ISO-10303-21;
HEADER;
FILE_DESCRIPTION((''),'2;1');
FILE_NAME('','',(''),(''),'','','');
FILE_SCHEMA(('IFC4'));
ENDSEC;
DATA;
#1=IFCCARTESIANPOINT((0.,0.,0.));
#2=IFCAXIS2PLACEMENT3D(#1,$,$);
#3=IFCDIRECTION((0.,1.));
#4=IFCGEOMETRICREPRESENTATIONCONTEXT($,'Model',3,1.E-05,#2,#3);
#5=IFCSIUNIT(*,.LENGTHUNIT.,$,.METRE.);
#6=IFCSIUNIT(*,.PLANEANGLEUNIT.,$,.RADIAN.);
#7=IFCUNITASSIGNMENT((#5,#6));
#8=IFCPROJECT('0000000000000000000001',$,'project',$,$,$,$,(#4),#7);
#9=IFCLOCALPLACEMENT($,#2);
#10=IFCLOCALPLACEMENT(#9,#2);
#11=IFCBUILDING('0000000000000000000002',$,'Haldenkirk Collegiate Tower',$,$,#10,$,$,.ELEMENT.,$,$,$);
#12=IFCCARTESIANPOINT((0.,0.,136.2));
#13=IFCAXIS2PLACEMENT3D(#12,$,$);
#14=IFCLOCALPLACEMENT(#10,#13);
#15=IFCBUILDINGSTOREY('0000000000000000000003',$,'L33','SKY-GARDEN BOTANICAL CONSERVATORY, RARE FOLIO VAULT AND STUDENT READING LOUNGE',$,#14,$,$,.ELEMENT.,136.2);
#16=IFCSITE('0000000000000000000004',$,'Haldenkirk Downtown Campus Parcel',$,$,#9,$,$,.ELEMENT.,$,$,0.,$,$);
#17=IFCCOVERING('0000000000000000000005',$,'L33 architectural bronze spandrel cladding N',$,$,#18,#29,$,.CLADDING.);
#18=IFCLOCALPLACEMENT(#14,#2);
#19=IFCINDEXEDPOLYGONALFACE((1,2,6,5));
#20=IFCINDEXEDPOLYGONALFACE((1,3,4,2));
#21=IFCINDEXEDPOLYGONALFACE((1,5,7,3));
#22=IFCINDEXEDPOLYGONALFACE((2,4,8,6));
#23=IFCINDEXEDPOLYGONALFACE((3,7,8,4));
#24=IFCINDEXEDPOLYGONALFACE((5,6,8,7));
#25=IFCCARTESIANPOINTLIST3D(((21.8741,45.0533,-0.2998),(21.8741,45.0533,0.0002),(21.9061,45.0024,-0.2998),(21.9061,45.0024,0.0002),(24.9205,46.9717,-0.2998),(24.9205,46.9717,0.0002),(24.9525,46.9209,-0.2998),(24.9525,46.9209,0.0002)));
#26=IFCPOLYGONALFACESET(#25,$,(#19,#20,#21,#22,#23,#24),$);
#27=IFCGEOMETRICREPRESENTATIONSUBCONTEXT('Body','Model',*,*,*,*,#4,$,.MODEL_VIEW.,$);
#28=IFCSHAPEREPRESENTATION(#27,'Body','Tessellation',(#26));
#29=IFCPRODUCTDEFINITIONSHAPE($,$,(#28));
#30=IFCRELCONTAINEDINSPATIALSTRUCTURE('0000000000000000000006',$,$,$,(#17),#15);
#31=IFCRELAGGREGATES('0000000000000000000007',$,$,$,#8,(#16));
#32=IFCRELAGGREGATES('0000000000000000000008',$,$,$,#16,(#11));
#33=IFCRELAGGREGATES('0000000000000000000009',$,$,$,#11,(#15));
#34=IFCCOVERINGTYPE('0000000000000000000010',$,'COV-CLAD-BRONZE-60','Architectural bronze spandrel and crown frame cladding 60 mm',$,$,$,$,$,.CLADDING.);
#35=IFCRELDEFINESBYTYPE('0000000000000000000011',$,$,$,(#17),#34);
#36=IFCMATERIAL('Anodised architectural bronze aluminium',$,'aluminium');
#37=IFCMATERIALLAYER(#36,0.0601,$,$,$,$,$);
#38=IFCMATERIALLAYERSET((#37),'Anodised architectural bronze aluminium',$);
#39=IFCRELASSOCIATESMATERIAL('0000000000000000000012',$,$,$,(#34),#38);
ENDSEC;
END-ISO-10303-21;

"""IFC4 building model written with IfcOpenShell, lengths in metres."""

from ifc_helpers import new_model, si_unit, direction, frame, origin, origin_2d, place, context, subcontext, project, spatial, rectangle, extrude, source, transform, mapped, material, layer, layer_set, type_object, element, save


model = new_model("IFC4")

# Units and contexts
model_context = context("Model", 3, precision=1e-05, world=origin(), true_north=direction((0.0, 1.0)))
body_context = subcontext(model_context, "Body", "Model", "MODEL_VIEW")
ifc_project = project(units=[si_unit("LENGTHUNIT", "METRE"), si_unit("PLANEANGLEUNIT", "RADIAN")], contexts=[model_context])

# Site, building, storey
site_placement = place(None, origin())
site = spatial("IfcSite", under=ifc_project, at=site_placement, Name="Haldenkirk Downtown Campus Parcel", CompositionType="ELEMENT", RefElevation=0.0)
building_placement = place(site_placement, origin())
building = spatial("IfcBuilding", under=site, at=building_placement, Name="Haldenkirk Collegiate Tower", CompositionType="ELEMENT")
storey_placement = place(building_placement, frame((0.0, 0.0, 136.2)))
storey = spatial("IfcBuildingStorey", under=building, at=storey_placement, Name="L33", Description="SKY-GARDEN BOTANICAL CONSERVATORY, RARE FOLIO VAULT AND STUDENT READING LOUNGE", CompositionType="ELEMENT", Elevation=136.2)

# Shared definitions
ifc_material_1 = material(Name="Anodised architectural bronze aluminium", Category="aluminium")

# Covering
ifc_layer_1 = layer(ifc_material_1, 0.0601)
ifc_layer_set_1 = layer_set([ifc_layer_1], Name="Anodised architectural bronze aluminium")
covering_type = type_object("IfcCoveringType", Name="COV-CLAD-BRONZE-60", Description="Architectural bronze spandrel and crown frame cladding 60 mm", PredefinedType="CLADDING", material=ifc_layer_set_1)
shared_shape_1 = source(origin(), body_context, "Body", "SweptSolid", [
    extrude(rectangle(XDim=3.6001, YDim=0.0601, at=origin_2d()), origin(), (0.0, 0.0, 1.0), 0.3),
])
covering_placement = place(storey_placement, frame((23.4133, 45.9871, -0.2998), z_axis=(0.0, 0.0, 1.0), x_axis=(0.846193, 0.532876, 0.0)))
element("IfcCovering", 1, at=covering_placement, inside=storey, type_object=covering_type, Name="L33 architectural bronze spandrel cladding N", PredefinedType="CLADDING", context=body_context, shape_type="MappedRepresentation", body=[
    mapped(shared_shape_1, transform((0.0, 0.0, 0.0), x_axis=(1.0, 0.0, 0.0), y_axis=(0.0, 1.0, 0.0), z_axis=(0.0, 0.0, 1.0), scale=1.0)),
])

save(model, "model.ifc")
